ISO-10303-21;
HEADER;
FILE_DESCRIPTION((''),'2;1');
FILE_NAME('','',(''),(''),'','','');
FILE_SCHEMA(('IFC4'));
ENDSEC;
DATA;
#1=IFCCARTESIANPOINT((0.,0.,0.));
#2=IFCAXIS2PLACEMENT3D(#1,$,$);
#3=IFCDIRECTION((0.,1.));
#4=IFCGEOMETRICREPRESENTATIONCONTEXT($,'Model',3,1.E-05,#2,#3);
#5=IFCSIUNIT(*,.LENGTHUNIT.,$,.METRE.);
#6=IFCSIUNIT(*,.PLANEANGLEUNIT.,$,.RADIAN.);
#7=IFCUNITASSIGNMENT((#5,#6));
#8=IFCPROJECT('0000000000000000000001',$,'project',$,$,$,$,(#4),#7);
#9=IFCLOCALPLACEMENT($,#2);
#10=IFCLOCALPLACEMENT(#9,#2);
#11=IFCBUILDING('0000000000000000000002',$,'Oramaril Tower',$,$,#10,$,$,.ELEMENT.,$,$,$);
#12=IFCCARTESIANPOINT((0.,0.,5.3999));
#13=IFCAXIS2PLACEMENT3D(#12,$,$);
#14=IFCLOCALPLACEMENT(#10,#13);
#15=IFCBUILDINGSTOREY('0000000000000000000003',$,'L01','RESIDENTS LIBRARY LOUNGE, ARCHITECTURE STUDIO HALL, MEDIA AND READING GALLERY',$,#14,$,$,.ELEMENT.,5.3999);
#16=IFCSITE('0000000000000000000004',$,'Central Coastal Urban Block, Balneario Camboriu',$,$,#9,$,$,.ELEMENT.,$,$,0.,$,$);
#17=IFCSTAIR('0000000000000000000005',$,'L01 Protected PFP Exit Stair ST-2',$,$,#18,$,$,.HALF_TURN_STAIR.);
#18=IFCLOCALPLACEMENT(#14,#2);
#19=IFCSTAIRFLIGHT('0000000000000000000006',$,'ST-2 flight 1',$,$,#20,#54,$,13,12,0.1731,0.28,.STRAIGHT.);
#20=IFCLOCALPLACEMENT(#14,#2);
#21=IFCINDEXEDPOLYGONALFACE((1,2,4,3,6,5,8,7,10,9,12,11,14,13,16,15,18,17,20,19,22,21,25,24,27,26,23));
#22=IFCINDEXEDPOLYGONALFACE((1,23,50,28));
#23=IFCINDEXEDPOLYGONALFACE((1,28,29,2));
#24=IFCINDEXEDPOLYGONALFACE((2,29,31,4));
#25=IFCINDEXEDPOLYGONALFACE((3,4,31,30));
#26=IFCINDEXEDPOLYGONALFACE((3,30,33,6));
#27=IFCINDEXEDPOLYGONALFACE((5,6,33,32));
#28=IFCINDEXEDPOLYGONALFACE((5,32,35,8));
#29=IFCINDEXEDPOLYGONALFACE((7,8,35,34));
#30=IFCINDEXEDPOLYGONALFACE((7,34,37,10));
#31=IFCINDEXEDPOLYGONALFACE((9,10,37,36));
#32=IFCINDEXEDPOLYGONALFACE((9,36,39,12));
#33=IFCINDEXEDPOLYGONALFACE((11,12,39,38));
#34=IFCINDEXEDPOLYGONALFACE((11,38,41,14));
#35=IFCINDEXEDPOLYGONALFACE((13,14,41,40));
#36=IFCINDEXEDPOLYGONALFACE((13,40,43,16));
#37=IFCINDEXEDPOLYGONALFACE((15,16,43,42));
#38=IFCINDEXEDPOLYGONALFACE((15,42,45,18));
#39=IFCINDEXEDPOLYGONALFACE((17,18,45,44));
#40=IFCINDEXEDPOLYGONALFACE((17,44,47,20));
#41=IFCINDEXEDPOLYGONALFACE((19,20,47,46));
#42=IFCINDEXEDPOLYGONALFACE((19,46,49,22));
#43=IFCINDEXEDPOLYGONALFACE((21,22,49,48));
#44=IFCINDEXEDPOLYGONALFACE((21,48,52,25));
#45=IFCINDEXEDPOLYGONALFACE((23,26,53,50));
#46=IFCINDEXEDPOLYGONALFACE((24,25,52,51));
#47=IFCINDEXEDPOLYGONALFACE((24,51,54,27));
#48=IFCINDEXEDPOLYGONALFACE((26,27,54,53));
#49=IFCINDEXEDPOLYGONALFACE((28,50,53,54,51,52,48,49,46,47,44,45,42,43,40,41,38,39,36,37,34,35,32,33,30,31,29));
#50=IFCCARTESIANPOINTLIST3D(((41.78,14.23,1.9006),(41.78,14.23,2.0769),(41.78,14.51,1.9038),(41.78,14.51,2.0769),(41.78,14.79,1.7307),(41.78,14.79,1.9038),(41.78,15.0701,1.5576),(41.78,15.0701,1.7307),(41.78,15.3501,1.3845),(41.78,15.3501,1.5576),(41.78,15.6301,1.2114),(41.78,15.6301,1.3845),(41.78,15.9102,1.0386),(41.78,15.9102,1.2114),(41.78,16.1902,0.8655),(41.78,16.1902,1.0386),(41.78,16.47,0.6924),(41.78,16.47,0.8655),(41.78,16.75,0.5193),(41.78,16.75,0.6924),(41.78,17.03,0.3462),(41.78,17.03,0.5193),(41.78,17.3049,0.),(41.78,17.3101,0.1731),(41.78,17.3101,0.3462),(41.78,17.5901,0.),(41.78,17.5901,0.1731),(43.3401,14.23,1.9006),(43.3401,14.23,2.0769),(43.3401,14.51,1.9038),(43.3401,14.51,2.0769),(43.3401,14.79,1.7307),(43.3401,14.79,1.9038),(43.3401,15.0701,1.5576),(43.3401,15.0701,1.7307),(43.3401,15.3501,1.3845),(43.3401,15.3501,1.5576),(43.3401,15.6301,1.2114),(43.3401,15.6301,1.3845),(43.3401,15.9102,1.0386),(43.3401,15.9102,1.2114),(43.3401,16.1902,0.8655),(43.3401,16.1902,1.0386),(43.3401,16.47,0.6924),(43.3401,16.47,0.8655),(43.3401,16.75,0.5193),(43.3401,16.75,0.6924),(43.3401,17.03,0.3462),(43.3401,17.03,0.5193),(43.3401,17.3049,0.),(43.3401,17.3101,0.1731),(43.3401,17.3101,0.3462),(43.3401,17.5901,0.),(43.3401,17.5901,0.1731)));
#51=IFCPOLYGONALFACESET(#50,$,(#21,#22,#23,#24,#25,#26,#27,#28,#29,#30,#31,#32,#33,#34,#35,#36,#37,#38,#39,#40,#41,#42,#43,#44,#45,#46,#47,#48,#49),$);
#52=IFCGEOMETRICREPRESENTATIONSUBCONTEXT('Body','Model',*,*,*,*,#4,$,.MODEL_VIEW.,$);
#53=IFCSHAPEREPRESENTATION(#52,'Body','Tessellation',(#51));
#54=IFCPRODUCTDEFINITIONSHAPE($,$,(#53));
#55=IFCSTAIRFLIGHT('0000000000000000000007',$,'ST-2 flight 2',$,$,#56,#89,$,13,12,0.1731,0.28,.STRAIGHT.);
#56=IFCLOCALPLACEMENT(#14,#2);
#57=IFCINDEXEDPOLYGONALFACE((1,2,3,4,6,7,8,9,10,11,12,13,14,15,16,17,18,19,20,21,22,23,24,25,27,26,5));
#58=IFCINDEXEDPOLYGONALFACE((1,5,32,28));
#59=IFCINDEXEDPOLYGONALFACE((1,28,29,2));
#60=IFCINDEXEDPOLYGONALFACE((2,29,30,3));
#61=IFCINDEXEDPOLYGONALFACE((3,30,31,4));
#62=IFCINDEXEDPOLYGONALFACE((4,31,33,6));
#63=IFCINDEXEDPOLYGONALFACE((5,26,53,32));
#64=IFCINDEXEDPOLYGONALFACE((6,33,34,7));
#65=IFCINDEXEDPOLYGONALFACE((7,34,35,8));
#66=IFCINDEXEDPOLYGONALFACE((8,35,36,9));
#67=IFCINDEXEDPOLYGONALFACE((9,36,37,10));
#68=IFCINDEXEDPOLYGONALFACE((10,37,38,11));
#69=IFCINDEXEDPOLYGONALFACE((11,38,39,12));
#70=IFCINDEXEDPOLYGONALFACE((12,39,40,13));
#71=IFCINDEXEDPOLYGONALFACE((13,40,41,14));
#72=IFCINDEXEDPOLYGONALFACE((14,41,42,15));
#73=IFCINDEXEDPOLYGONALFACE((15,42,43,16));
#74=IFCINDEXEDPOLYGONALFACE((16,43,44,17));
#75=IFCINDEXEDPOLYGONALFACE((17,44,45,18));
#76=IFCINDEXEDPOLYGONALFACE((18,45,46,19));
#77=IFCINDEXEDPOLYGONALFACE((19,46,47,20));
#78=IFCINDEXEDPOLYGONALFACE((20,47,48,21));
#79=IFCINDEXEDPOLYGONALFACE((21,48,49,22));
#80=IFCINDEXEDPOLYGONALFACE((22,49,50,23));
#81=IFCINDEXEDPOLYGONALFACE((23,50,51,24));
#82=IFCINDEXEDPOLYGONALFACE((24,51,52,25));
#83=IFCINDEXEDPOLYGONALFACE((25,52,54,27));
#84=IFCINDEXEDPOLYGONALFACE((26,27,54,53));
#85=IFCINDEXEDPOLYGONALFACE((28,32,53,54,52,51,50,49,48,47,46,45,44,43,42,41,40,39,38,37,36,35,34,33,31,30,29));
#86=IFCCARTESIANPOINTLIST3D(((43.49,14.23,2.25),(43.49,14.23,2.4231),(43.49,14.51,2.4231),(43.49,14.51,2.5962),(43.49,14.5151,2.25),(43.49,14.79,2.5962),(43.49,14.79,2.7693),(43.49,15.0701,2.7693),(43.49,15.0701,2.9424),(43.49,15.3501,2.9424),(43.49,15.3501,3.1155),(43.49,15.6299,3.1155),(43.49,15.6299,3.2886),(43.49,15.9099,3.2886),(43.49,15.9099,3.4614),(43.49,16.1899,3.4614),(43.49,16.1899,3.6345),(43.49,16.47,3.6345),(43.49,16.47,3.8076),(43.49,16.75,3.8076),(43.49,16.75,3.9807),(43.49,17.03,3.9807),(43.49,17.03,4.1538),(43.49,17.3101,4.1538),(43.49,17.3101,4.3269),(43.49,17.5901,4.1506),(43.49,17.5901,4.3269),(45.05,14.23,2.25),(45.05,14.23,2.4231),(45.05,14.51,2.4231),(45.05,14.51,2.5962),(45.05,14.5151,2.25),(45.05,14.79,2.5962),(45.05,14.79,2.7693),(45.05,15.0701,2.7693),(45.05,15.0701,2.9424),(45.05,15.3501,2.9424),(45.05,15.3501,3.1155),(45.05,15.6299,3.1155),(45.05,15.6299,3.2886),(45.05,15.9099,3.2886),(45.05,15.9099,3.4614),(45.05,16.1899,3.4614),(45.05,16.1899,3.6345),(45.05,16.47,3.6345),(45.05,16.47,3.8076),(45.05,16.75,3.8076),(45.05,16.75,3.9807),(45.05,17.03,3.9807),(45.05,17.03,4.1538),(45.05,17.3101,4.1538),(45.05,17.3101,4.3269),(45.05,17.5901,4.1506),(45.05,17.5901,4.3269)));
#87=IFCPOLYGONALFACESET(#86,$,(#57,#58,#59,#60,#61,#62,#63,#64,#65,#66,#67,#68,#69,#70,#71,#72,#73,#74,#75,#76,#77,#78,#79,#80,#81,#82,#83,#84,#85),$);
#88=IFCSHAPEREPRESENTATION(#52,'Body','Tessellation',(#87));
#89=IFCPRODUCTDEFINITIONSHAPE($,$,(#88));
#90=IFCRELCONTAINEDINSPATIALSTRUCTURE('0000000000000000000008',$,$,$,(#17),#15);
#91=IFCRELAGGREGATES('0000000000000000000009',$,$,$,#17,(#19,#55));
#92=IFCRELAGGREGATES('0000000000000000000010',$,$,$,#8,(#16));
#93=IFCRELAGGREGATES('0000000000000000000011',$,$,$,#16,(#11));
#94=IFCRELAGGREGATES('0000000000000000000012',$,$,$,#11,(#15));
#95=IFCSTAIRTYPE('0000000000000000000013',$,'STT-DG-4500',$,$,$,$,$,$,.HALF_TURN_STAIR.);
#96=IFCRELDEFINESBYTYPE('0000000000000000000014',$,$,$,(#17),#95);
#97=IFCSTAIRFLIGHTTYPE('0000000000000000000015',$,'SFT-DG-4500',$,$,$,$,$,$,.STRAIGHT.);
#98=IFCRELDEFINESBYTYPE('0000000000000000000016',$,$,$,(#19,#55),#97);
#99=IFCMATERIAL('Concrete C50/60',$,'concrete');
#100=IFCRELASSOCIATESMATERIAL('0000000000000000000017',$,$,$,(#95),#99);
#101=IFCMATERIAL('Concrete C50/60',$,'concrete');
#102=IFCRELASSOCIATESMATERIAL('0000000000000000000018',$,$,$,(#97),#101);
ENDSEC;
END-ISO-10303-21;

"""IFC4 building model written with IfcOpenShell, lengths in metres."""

from ifc_helpers import new_model, si_unit, direction, frame, origin, place, context, subcontext, project, spatial, polyline, outline, extrude, material, type_object, element, aggregate, save


model = new_model("IFC4")

# Units and contexts
model_context = context("Model", 3, precision=1e-05, world=origin(), true_north=direction((0.0, 1.0)))
body_context = subcontext(model_context, "Body", "Model", "MODEL_VIEW")
ifc_project = project(units=[si_unit("LENGTHUNIT", "METRE"), si_unit("PLANEANGLEUNIT", "RADIAN")], contexts=[model_context])

# Site, building, storey
site_placement = place(None, origin())
site = spatial("IfcSite", under=ifc_project, at=site_placement, Name="Central Coastal Urban Block, Balneario Camboriu", CompositionType="ELEMENT", RefElevation=0.0)
building_placement = place(site_placement, origin())
building = spatial("IfcBuilding", under=site, at=building_placement, Name="Oramaril Tower", CompositionType="ELEMENT")
storey_placement = place(building_placement, frame((0.0, 0.0, 5.3999)))
storey = spatial("IfcBuildingStorey", under=building, at=storey_placement, Name="L01", Description="RESIDENTS LIBRARY LOUNGE, ARCHITECTURE STUDIO HALL, MEDIA AND READING GALLERY", CompositionType="ELEMENT", Elevation=5.3999)

# Stair, stair flights
ifc_material_1 = material(Name="Concrete C50/60", Category="concrete")
stair_type = type_object("IfcStairType", Name="STT-DG-4500", PredefinedType="HALF_TURN_STAIR", material=ifc_material_1)
stair_placement = place(storey_placement, origin())
stair = element("IfcStair", 1, at=stair_placement, inside=storey, type_object=stair_type, Name="L01 Protected PFP Exit Stair ST-2", PredefinedType="HALF_TURN_STAIR")
ifc_material_2 = material(Name="Concrete C50/60", Category="concrete")
stair_flight_type = type_object("IfcStairFlightType", Name="SFT-DG-4500", PredefinedType="STRAIGHT", material=ifc_material_2)
stair_flight_1_placement = place(storey_placement, frame((42.5601, 17.5901, 0.0), z_axis=(0.0, 0.0, 1.0), x_axis=(0.0, -1.0, 0.0)))
stair_flight_1 = element("IfcStairFlight", 2, at=stair_flight_1_placement, type_object=stair_flight_type, Name="ST-2 flight 1", NumberOfRisers=13, NumberOfTreads=12, PredefinedType="STRAIGHT", RiserHeight=0.1731, TreadLength=0.28, context=body_context, shape_type="SweptSolid", body=[
    extrude(outline(polyline([(0.0, 0.0), (0.0, 0.1731), (0.28, 0.1731), (0.28, 0.3462), (0.5601, 0.3462), (0.5601, 0.5193), (0.8401, 0.5193), (0.8401, 0.6924), (1.1201, 0.6924), (1.1201, 0.8655), (1.3999, 0.8655), (1.3999, 1.0386), (1.6799, 1.0386), (1.6799, 1.2114), (1.96, 1.2114), (1.96, 1.3845), (2.24, 1.3845), (2.24, 1.5576), (2.52, 1.5576), (2.52, 1.7307), (2.8, 1.7307), (2.8, 1.9038), (3.0801, 1.9038), (3.0801, 2.0769), (3.3601, 2.0769), (3.3601, 2.25), (3.3601, 1.9006), (0.2852, 0.0), (0.0, 0.0)])), frame((0.0, 0.78, 0.0), z_axis=(0.0, -1.0, 0.0), x_axis=(1.0, 0.0, 0.0)), (0.0, 0.0, 1.0), 1.5601),
])
stair_flight_2_placement = place(storey_placement, frame((44.27, 14.23, 2.25), z_axis=(0.0, 0.0, 1.0), x_axis=(0.0, 1.0, 0.0)))
stair_flight_2 = element("IfcStairFlight", 3, at=stair_flight_2_placement, type_object=stair_flight_type, Name="ST-2 flight 2", NumberOfRisers=13, NumberOfTreads=12, PredefinedType="STRAIGHT", RiserHeight=0.1731, TreadLength=0.28, context=body_context, shape_type="SweptSolid", body=[
    extrude(outline(polyline([(0.0, 0.0), (0.0, 0.1731), (0.28, 0.1731), (0.28, 0.3462), (0.5601, 0.3462), (0.5601, 0.5193), (0.8401, 0.5193), (0.8401, 0.6924), (1.1201, 0.6924), (1.1201, 0.8655), (1.3999, 0.8655), (1.3999, 1.0386), (1.6799, 1.0386), (1.6799, 1.2114), (1.96, 1.2114), (1.96, 1.3845), (2.24, 1.3845), (2.24, 1.5576), (2.52, 1.5576), (2.52, 1.7307), (2.8, 1.7307), (2.8, 1.9038), (3.0801, 1.9038), (3.0801, 2.0769), (3.3601, 2.0769), (3.3601, 2.25), (3.3601, 1.9006), (0.2852, 0.0), (0.0, 0.0)])), frame((0.0, 0.78, 0.0), z_axis=(0.0, -1.0, 0.0), x_axis=(1.0, 0.0, 0.0)), (0.0, 0.0, 1.0), 1.5601),
])
aggregate(stair, [stair_flight_1, stair_flight_2])

save(model, "model.ifc")
